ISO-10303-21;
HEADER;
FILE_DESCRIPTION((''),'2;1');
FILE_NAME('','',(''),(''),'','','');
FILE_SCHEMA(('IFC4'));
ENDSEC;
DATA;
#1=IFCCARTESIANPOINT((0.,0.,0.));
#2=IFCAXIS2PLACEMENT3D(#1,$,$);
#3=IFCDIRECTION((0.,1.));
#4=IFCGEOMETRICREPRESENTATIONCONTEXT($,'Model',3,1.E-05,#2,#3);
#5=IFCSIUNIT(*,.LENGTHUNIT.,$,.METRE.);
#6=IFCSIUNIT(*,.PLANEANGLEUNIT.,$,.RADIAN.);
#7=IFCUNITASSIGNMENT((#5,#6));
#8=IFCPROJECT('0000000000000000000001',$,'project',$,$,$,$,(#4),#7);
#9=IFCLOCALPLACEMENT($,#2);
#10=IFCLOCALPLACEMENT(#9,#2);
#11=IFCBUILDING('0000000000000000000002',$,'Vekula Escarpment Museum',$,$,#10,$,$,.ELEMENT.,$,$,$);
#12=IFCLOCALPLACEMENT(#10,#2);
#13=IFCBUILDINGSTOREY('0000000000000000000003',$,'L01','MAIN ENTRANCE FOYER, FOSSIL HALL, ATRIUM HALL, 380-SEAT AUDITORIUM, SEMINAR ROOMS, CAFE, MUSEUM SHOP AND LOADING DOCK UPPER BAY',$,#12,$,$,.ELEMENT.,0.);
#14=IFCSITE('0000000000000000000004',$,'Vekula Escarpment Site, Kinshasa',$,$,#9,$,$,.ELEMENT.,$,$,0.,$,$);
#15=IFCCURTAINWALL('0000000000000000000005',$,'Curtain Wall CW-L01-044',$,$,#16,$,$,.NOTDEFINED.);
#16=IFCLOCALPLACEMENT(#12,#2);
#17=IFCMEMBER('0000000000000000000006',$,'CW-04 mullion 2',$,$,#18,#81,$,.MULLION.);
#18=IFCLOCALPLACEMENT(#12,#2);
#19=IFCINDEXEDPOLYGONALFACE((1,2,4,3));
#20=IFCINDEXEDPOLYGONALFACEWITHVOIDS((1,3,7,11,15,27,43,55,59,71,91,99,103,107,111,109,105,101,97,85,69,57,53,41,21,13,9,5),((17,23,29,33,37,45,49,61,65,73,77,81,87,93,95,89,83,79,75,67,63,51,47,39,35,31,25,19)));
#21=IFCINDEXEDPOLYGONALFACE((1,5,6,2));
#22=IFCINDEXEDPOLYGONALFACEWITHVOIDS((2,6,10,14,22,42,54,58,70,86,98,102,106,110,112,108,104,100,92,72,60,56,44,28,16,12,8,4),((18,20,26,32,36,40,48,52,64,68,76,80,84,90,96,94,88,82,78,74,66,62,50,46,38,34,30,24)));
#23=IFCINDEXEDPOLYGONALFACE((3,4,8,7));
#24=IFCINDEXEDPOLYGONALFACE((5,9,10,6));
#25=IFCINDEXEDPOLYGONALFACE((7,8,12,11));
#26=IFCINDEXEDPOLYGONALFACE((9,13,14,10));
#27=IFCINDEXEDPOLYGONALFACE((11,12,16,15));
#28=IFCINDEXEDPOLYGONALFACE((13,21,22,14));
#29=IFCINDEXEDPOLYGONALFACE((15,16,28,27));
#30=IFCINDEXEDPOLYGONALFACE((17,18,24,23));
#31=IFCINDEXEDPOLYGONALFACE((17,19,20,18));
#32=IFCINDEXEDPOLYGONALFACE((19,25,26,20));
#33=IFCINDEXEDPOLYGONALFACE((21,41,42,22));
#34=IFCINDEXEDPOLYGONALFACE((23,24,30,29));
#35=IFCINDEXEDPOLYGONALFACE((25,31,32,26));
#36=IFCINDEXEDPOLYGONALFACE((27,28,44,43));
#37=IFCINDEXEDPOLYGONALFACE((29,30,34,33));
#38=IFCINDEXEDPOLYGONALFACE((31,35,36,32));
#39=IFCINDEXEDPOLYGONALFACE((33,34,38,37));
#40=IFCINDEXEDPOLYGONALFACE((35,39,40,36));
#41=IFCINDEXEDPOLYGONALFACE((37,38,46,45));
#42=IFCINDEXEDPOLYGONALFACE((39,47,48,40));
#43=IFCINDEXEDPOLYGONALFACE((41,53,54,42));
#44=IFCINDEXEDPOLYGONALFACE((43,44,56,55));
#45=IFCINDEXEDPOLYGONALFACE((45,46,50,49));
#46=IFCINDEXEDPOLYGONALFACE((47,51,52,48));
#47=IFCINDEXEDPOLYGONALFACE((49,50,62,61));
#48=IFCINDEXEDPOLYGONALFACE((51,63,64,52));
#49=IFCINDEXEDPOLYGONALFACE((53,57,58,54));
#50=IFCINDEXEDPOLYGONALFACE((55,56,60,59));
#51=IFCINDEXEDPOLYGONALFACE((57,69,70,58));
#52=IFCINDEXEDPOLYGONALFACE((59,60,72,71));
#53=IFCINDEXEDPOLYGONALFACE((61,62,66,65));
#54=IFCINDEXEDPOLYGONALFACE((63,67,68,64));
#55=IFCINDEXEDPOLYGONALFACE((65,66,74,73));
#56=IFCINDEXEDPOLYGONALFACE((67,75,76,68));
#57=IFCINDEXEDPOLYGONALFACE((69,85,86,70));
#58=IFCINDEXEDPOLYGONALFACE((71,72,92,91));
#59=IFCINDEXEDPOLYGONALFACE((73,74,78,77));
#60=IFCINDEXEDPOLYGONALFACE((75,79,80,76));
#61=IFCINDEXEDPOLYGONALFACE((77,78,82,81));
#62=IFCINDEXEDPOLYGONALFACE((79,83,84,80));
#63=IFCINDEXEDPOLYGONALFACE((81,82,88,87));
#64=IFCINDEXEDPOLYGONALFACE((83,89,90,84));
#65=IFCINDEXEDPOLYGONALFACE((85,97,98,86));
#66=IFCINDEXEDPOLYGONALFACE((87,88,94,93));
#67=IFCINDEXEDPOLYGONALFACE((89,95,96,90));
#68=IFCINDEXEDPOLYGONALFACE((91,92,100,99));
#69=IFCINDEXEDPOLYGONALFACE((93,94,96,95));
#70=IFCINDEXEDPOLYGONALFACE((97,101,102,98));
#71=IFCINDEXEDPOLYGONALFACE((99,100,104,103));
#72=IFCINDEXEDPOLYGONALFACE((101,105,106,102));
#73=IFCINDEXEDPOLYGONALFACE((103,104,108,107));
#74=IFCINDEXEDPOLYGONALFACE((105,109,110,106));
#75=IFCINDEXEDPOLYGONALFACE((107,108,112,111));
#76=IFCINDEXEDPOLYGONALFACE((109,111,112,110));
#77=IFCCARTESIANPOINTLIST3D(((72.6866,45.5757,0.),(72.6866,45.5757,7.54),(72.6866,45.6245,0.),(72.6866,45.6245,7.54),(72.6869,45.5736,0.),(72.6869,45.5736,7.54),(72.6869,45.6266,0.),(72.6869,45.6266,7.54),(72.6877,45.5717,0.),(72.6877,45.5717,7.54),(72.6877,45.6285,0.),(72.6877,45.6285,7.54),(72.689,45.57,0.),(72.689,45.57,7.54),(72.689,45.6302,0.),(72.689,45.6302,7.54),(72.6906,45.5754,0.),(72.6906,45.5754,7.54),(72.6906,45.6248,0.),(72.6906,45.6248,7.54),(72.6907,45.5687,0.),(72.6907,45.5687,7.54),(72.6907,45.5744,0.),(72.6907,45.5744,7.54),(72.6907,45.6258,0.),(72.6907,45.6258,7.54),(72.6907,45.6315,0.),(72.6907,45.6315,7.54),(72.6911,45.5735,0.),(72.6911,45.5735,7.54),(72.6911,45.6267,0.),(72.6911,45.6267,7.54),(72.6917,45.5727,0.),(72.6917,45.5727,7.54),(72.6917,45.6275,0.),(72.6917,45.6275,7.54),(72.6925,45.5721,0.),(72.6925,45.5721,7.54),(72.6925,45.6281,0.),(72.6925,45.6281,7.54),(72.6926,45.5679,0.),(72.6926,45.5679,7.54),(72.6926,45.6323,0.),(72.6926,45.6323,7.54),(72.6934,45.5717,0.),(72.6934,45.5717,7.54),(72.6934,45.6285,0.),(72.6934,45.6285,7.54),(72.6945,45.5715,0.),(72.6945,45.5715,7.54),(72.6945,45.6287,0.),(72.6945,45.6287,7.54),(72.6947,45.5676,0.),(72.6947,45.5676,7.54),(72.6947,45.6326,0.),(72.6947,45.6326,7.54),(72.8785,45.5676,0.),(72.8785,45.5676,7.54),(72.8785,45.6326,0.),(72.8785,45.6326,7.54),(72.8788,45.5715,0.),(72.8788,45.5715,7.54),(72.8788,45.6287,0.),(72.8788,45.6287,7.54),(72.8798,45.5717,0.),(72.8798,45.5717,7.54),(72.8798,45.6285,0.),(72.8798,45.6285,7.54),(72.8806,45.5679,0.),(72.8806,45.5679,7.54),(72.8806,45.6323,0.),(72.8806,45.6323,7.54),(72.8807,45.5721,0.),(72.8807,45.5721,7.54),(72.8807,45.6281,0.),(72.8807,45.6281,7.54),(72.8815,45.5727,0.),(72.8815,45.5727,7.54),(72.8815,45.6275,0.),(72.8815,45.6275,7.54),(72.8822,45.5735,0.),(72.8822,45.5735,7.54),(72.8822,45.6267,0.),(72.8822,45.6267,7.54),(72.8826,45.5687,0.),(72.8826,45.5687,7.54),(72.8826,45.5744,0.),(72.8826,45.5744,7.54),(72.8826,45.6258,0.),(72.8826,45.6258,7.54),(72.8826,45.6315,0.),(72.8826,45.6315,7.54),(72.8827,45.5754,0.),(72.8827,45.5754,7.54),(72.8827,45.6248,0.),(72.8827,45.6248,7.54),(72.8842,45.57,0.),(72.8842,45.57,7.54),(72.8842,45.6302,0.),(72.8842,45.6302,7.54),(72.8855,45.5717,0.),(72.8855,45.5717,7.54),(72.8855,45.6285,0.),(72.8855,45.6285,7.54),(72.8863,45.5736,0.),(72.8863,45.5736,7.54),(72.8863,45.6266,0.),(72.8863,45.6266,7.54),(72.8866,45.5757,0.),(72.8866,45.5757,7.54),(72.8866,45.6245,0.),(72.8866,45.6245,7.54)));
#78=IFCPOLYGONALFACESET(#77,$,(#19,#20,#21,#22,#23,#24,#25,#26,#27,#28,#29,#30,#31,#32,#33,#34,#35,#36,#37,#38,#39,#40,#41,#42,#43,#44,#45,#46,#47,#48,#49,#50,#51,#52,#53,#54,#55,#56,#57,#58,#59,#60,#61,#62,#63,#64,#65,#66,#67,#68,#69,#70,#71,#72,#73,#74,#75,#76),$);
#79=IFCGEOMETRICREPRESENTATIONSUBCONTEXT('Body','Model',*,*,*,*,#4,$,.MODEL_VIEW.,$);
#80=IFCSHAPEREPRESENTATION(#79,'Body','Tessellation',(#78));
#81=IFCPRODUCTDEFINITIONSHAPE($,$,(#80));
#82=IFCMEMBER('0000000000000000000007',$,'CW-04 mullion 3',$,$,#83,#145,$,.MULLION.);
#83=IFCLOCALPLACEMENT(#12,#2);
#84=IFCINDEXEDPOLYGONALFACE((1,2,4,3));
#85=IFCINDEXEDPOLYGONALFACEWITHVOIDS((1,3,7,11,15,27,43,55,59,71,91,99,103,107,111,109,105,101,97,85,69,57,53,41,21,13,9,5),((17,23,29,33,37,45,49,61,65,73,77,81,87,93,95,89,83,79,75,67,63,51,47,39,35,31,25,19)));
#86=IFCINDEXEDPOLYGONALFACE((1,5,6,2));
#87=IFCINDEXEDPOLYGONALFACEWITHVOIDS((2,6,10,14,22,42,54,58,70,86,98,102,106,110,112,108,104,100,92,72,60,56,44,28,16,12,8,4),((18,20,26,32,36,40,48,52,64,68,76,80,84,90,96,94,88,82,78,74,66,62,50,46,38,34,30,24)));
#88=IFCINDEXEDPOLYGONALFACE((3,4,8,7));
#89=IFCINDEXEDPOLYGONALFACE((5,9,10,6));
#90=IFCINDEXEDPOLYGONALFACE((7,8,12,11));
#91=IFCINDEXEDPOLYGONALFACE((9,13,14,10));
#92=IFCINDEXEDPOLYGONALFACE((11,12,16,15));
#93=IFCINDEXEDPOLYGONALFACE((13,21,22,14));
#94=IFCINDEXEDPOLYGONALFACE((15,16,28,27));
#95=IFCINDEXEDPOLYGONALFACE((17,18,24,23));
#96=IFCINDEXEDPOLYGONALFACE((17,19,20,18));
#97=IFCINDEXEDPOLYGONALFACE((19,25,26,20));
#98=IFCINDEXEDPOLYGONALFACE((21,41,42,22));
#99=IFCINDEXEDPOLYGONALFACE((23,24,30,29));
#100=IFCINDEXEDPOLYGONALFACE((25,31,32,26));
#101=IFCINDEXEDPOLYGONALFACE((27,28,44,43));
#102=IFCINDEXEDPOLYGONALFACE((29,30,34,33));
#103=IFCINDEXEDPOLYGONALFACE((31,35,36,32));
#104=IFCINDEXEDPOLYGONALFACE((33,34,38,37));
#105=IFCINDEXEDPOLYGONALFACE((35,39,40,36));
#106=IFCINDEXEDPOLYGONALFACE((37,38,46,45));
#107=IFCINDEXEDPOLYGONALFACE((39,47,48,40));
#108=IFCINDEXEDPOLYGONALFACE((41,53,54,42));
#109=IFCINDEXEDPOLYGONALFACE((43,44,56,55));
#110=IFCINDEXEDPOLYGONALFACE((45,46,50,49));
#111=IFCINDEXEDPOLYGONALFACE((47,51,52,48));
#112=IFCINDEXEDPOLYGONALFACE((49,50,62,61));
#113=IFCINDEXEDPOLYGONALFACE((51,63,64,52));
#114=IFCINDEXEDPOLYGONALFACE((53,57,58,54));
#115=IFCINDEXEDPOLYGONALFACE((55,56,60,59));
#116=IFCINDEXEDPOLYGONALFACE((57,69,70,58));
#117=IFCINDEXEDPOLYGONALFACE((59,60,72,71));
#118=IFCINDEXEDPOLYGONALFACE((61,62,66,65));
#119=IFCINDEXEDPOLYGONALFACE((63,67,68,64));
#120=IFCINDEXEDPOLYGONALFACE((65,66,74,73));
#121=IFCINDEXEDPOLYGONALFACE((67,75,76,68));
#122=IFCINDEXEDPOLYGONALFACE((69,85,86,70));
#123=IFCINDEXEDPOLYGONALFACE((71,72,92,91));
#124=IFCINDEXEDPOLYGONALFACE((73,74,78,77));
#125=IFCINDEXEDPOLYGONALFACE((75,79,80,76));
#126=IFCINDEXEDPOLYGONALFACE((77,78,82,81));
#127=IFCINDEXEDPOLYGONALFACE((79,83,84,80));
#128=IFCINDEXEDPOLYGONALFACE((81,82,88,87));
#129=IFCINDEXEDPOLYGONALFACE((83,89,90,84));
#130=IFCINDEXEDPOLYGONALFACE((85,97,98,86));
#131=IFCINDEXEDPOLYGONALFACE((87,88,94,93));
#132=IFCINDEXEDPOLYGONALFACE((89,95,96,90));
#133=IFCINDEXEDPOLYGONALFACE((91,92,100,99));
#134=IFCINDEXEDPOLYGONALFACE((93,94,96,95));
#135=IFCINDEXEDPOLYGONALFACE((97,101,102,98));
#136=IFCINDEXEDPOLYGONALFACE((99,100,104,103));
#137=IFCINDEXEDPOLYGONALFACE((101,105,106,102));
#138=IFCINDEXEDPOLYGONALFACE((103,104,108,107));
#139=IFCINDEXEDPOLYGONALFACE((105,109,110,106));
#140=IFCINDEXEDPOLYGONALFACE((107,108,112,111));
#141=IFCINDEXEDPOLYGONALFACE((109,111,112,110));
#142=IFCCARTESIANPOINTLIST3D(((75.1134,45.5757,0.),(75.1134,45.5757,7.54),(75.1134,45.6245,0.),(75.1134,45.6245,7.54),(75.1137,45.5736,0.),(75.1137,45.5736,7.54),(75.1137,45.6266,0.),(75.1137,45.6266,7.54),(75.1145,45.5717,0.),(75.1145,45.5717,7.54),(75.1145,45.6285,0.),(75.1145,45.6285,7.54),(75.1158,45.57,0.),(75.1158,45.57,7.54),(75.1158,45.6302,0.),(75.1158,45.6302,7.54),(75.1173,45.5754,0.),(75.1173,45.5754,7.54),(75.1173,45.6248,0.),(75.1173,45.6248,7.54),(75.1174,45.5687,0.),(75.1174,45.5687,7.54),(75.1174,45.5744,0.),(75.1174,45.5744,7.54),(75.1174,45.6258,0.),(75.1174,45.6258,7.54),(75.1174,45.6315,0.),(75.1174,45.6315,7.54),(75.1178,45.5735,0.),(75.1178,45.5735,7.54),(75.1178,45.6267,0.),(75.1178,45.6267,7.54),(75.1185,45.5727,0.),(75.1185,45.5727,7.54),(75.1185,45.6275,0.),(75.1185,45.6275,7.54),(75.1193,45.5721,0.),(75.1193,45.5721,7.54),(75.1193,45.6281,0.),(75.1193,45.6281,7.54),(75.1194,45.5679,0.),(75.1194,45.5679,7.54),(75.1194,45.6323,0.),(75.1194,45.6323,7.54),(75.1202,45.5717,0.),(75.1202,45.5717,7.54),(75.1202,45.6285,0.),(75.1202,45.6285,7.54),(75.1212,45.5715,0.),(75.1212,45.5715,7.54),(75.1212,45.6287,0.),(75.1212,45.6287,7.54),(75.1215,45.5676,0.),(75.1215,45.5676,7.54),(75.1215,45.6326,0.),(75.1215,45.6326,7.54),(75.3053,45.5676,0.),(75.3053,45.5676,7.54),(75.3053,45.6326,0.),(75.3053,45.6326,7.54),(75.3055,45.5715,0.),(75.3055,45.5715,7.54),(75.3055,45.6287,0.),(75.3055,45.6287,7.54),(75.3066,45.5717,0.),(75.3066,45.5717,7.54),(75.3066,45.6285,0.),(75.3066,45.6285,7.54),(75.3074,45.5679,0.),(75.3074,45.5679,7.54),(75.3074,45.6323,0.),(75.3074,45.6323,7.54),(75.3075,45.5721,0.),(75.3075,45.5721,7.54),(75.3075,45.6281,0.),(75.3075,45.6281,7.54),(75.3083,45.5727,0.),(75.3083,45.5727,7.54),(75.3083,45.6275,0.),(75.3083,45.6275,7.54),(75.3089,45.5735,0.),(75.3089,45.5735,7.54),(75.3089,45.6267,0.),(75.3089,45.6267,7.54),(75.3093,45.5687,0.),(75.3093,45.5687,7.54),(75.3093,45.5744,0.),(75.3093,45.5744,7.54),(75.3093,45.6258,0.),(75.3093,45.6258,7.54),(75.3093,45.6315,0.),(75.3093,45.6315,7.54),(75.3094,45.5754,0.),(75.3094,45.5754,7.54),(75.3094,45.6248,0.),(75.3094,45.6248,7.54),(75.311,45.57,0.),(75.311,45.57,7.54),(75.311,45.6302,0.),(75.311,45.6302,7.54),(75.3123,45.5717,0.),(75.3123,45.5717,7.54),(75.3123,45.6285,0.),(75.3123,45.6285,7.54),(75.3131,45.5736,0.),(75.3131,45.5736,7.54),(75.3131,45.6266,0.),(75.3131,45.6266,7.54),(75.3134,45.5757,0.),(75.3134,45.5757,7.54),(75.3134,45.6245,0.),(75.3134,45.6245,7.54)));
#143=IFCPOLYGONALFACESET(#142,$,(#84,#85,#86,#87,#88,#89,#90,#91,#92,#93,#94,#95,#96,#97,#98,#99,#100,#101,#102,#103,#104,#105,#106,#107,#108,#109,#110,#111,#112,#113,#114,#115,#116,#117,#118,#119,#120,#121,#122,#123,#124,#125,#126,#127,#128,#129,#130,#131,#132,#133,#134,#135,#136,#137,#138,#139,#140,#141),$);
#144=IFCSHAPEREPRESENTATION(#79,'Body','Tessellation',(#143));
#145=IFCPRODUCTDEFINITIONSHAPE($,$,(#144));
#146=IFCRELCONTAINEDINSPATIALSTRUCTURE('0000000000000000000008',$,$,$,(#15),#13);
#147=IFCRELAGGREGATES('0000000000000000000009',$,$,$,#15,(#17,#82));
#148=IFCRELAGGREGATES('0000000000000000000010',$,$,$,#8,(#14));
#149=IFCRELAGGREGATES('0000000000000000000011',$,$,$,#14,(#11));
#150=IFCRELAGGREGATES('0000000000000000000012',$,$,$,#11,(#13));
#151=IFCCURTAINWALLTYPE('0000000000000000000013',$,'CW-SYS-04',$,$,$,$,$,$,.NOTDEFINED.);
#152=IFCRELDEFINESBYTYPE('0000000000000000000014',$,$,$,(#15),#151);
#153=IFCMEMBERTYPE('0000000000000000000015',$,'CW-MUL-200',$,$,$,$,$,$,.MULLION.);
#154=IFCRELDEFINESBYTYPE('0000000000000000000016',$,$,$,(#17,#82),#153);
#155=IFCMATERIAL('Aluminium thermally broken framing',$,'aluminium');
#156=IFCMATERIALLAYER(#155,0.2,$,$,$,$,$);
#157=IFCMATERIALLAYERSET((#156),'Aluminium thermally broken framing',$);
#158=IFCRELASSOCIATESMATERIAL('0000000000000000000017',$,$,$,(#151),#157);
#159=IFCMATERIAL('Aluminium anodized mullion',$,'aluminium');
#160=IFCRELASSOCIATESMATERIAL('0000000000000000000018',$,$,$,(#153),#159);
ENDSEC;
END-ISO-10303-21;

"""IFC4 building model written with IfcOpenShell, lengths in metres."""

from ifc_helpers import new_model, si_unit, direction, frame, origin, origin_2d, place, context, subcontext, project, spatial, hollow_rectangle, extrude, material, layer, layer_set, material_profile, profile_set, type_object, element, aggregate, save


model = new_model("IFC4")

# Units and contexts
model_context = context("Model", 3, precision=1e-05, world=origin(), true_north=direction((0.0, 1.0)))
body_context = subcontext(model_context, "Body", "Model", "MODEL_VIEW")
ifc_project = project(units=[si_unit("LENGTHUNIT", "METRE"), si_unit("PLANEANGLEUNIT", "RADIAN")], contexts=[model_context])

# Site, building, storey
site_placement = place(None, origin())
site = spatial("IfcSite", under=ifc_project, at=site_placement, Name="Vekula Escarpment Site, Kinshasa", CompositionType="ELEMENT", RefElevation=0.0)
building_placement = place(site_placement, origin())
building = spatial("IfcBuilding", under=site, at=building_placement, Name="Vekula Escarpment Museum", CompositionType="ELEMENT")
storey_placement = place(building_placement, origin())
storey = spatial("IfcBuildingStorey", under=building, at=storey_placement, Name="L01", Description="MAIN ENTRANCE FOYER, FOSSIL HALL, ATRIUM HALL, 380-SEAT AUDITORIUM, SEMINAR ROOMS, CAFE, MUSEUM SHOP AND LOADING DOCK UPPER BAY", CompositionType="ELEMENT", Elevation=0.0)

# Curtain wall, members
ifc_material_1 = material(Name="Aluminium thermally broken framing", Category="aluminium")
ifc_layer_1 = layer(ifc_material_1, 0.2)
ifc_layer_set_1 = layer_set([ifc_layer_1], Name="Aluminium thermally broken framing")
curtain_wall_type = type_object("IfcCurtainWallType", Name="CW-SYS-04", PredefinedType="NOTDEFINED", material=ifc_layer_set_1)
curtain_wall_placement = place(storey_placement, origin())
curtain_wall = element("IfcCurtainWall", 1, at=curtain_wall_placement, inside=storey, type_object=curtain_wall_type, Name="Curtain Wall CW-L01-044", PredefinedType="NOTDEFINED")
ifc_material_2 = material(Name="Aluminium anodized mullion", Category="aluminium")
ifc_material_profile_1 = material_profile(ifc_material_2, hollow_rectangle(XDim=0.0649, YDim=0.2, WallThickness=0.0039, InnerFilletRadius=0.0039, OuterFilletRadius=0.0081, at=origin_2d()), Name="ALU 200x65x4")
ifc_profile_set_1 = profile_set([ifc_material_profile_1], Name="Aluminium anodized mullion")
member_type_1 = type_object("IfcMemberType", Name="CW-MUL-200", PredefinedType="MULLION", material=ifc_profile_set_1)
member_1_placement = place(storey_placement, frame((72.7866, 45.6001, 0.0), z_axis=(0.0, 0.0, 1.0), x_axis=(0.0, 1.0, 0.0)))
member_1 = element("IfcMember", 2, at=member_1_placement, type_object=member_type_1, Name="CW-04 mullion 2", PredefinedType="MULLION", context=body_context, shape_type="SweptSolid", body=[
    extrude(hollow_rectangle(XDim=0.0649, YDim=0.2, WallThickness=0.0039, InnerFilletRadius=0.0039, OuterFilletRadius=0.0081, at=origin_2d()), origin(), (0.0, 0.0, 1.0), 7.54),
])
member_2_placement = place(storey_placement, frame((75.2134, 45.6001, 0.0), z_axis=(0.0, 0.0, 1.0), x_axis=(0.0, 1.0, 0.0)))
member_2 = element("IfcMember", 3, at=member_2_placement, type_object=member_type_1, Name="CW-04 mullion 3", PredefinedType="MULLION", context=body_context, shape_type="SweptSolid", body=[
    extrude(hollow_rectangle(XDim=0.0649, YDim=0.2, WallThickness=0.0039, InnerFilletRadius=0.0039, OuterFilletRadius=0.0081, at=origin_2d()), origin(), (0.0, 0.0, 1.0), 7.54),
])

aggregate(curtain_wall, [member_1, member_2])

save(model, "model.ifc")
